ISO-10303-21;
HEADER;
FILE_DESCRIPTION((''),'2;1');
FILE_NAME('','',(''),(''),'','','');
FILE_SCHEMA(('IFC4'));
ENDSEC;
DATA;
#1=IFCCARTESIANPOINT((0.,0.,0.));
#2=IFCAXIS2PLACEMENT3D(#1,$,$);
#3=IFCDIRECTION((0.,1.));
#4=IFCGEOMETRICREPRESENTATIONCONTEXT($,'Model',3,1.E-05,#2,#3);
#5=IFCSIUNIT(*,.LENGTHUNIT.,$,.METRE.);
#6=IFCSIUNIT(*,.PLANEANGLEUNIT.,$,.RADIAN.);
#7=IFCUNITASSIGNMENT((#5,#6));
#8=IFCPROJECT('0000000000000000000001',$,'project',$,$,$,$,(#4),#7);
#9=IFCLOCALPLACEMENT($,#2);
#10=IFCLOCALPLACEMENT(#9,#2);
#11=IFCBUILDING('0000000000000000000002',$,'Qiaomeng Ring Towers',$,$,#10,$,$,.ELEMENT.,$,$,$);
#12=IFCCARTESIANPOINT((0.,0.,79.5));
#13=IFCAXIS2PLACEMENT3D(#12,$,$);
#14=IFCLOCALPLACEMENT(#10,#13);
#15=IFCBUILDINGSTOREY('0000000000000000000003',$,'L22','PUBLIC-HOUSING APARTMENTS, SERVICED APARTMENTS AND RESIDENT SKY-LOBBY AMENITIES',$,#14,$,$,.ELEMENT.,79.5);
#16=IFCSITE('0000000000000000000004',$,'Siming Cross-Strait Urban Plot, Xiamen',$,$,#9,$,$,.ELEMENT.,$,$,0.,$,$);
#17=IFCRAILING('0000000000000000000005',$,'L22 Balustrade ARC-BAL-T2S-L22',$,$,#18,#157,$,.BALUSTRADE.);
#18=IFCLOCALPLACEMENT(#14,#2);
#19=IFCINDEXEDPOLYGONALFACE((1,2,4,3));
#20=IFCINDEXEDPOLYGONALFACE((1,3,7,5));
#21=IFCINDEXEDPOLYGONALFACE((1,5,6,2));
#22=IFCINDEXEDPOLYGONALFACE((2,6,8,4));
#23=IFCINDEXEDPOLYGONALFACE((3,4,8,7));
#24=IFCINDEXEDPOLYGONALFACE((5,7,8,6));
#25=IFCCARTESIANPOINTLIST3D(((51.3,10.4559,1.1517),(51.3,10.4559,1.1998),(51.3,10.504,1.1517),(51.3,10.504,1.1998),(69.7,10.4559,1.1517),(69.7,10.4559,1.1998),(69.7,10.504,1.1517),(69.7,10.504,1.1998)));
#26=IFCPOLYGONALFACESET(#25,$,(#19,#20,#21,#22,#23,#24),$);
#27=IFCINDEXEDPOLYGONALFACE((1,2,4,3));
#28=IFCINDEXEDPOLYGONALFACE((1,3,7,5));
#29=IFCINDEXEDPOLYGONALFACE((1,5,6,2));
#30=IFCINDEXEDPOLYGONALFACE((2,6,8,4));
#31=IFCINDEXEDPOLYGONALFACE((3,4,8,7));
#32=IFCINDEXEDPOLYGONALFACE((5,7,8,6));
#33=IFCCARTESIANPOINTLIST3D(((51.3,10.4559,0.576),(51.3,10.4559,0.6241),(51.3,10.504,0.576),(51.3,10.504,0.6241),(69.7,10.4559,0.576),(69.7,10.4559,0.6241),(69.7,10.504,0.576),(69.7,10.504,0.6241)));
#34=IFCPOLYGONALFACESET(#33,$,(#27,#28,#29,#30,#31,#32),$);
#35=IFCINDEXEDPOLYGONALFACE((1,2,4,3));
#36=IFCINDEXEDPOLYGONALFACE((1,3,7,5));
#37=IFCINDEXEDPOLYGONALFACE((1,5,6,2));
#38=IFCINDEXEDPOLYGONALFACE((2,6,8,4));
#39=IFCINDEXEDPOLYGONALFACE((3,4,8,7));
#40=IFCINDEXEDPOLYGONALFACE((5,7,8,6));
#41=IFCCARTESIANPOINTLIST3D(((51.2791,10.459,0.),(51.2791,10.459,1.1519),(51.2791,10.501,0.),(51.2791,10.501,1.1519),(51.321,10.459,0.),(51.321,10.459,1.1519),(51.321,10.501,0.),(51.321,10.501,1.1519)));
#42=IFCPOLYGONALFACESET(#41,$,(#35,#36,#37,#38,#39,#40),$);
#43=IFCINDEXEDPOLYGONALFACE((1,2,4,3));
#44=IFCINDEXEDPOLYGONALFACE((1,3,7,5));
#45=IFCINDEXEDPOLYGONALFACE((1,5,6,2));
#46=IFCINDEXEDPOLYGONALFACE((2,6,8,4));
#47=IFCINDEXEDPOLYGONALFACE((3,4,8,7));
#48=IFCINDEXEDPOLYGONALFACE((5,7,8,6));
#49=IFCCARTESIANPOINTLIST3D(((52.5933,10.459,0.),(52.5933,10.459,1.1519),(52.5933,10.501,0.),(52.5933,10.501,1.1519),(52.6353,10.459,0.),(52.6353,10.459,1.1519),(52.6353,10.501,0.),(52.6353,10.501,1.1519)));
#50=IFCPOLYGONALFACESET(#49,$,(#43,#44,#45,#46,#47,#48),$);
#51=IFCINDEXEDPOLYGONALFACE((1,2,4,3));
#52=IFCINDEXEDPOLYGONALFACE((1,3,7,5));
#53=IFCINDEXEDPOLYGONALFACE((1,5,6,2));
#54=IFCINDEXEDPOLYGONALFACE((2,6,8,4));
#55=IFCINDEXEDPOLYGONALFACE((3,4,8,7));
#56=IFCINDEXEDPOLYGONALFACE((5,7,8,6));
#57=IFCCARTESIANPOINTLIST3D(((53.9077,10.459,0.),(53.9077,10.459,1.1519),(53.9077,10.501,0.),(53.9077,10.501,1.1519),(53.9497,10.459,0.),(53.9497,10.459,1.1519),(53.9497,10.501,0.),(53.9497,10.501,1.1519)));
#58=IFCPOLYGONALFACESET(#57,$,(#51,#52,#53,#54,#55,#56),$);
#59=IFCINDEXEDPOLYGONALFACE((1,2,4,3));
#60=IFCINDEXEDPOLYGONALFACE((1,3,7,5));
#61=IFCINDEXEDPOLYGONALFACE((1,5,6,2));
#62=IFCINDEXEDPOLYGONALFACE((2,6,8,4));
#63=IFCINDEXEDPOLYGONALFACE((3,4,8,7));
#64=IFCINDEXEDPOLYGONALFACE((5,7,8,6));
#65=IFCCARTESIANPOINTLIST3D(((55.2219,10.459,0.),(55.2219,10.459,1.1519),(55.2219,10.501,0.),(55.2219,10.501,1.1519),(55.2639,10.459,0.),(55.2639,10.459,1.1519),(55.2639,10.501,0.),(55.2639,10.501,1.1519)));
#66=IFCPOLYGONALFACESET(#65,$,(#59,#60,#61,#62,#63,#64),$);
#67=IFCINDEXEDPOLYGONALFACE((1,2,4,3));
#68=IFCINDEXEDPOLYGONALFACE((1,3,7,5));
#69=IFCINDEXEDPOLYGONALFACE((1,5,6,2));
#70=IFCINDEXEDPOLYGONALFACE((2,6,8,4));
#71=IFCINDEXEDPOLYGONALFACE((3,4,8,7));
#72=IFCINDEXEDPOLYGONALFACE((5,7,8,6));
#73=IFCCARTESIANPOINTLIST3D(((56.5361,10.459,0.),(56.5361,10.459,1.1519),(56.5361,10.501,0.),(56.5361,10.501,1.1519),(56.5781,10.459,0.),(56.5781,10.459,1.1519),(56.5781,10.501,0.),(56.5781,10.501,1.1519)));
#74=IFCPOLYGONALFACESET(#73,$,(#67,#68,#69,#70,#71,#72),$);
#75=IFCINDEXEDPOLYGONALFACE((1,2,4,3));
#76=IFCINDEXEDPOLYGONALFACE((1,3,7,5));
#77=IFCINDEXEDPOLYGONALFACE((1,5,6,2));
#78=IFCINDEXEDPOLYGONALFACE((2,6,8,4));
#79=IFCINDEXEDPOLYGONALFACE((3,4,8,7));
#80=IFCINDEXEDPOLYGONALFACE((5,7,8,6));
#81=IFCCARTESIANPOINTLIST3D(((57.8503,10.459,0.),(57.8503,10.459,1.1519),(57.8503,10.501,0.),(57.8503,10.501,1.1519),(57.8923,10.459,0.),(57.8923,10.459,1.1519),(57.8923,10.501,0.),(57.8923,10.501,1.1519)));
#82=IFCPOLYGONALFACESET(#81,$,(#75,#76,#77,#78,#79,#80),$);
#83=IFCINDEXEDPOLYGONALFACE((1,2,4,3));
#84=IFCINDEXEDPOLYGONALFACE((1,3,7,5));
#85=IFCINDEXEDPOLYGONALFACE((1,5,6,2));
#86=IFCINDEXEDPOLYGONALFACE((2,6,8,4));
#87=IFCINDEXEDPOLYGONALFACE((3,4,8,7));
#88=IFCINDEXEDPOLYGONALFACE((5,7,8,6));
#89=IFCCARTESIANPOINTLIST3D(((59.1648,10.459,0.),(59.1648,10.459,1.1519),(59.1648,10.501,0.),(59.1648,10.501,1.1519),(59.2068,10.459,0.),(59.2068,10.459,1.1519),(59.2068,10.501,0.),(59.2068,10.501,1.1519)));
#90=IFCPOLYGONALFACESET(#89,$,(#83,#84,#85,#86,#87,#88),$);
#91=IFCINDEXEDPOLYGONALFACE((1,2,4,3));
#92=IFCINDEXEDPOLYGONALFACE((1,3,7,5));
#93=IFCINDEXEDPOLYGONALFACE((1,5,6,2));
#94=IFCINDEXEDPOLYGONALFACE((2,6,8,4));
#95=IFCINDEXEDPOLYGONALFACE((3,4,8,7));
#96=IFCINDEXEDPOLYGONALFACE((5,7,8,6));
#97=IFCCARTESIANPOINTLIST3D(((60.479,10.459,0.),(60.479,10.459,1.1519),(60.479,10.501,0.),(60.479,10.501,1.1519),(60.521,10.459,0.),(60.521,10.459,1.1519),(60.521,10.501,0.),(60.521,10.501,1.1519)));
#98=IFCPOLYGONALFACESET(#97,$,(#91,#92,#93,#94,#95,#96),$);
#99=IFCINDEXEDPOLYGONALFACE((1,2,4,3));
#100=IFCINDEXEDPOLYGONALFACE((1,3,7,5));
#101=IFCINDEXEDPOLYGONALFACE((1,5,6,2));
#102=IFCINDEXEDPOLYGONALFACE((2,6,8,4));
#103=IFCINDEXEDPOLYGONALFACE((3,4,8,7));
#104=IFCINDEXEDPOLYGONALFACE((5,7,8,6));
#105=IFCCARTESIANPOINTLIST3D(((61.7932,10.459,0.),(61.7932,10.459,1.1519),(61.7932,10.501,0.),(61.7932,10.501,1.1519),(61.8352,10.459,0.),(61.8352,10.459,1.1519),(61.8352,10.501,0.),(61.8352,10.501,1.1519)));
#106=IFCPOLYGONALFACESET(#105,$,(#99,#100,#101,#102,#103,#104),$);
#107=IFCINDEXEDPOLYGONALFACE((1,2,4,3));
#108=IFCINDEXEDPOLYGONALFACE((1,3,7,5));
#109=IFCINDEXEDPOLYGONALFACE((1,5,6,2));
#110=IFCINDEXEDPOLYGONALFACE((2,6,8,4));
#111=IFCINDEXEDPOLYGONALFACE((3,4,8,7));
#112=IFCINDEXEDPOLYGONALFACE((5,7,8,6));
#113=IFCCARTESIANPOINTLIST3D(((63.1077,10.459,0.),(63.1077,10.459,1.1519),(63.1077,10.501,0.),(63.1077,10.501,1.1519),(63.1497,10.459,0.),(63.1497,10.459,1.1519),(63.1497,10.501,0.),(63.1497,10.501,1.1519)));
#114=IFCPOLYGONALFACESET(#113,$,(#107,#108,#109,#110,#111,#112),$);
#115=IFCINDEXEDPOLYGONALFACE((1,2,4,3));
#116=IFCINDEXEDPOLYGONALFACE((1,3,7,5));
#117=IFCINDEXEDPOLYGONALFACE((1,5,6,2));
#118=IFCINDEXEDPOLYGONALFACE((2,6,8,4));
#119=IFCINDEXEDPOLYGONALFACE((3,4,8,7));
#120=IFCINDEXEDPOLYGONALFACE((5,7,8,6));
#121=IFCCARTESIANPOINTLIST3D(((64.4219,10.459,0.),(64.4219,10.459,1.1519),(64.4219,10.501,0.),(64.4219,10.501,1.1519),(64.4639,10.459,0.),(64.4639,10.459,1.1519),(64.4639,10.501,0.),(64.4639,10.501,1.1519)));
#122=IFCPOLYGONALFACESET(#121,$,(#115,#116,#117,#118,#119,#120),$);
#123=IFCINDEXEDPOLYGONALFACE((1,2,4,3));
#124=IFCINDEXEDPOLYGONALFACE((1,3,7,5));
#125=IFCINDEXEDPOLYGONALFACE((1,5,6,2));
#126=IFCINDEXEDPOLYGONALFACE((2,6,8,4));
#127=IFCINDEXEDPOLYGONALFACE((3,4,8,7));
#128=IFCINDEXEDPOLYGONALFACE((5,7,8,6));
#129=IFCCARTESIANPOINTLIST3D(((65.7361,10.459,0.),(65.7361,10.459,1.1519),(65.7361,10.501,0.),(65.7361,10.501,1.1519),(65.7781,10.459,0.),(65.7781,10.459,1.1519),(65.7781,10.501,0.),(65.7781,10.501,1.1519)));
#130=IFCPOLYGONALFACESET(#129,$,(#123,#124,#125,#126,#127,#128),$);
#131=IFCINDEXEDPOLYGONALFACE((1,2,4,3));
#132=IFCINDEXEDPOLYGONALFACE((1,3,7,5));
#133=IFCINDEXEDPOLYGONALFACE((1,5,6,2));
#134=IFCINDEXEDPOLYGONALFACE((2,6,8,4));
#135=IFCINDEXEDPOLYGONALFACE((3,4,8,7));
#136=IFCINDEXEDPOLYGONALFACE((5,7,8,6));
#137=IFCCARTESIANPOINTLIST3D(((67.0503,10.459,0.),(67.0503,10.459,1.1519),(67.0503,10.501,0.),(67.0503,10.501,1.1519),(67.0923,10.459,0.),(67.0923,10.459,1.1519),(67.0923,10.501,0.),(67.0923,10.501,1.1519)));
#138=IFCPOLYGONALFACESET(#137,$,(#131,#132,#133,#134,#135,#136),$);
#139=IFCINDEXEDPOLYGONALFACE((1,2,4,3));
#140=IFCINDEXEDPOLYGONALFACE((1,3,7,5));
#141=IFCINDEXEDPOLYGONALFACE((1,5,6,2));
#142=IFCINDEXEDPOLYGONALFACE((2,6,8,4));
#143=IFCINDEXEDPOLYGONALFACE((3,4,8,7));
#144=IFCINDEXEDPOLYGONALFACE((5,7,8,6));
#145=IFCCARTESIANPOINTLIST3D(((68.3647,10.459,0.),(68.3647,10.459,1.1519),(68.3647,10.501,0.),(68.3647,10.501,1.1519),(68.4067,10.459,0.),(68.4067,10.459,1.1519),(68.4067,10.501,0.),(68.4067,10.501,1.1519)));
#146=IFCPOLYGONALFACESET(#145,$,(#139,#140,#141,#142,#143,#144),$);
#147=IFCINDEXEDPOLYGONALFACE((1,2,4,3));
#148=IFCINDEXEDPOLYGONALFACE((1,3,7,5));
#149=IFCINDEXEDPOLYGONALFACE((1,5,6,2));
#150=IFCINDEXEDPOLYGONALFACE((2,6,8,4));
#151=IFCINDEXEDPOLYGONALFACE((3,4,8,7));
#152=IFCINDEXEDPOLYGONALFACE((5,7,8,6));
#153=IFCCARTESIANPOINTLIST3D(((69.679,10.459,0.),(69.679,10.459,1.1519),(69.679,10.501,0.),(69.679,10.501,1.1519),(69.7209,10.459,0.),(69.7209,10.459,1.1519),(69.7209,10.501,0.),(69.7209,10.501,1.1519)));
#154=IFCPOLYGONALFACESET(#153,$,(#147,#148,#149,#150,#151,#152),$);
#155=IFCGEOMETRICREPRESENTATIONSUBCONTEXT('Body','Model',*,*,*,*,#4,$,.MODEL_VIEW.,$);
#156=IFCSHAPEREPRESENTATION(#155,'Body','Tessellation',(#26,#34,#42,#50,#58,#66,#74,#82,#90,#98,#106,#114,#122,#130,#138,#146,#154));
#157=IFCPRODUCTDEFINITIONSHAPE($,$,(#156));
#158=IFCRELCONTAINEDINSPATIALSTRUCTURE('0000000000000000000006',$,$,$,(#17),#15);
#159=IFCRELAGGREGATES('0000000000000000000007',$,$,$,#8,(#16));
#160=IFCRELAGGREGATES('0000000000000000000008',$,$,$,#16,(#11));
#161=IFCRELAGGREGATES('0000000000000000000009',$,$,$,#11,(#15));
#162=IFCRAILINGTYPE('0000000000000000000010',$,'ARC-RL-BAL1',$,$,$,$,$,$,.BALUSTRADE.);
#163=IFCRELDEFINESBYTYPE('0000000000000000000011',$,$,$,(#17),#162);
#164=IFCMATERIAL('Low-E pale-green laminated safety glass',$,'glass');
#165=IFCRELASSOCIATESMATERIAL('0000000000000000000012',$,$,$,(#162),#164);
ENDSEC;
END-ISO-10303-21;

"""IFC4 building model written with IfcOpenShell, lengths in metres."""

from ifc_helpers import new_model, si_unit, direction, frame, origin, origin_2d, place, context, subcontext, project, spatial, rectangle, extrude, material, type_object, element, save


model = new_model("IFC4")

# Units and contexts
model_context = context("Model", 3, precision=1e-05, world=origin(), true_north=direction((0.0, 1.0)))
body_context = subcontext(model_context, "Body", "Model", "MODEL_VIEW")
ifc_project = project(units=[si_unit("LENGTHUNIT", "METRE"), si_unit("PLANEANGLEUNIT", "RADIAN")], contexts=[model_context])

# Site, building, storey
site_placement = place(None, origin())
site = spatial("IfcSite", under=ifc_project, at=site_placement, Name="Siming Cross-Strait Urban Plot, Xiamen", CompositionType="ELEMENT", RefElevation=0.0)
building_placement = place(site_placement, origin())
building = spatial("IfcBuilding", under=site, at=building_placement, Name="Qiaomeng Ring Towers", CompositionType="ELEMENT")
storey_placement = place(building_placement, frame((0.0, 0.0, 79.5)))
storey = spatial("IfcBuildingStorey", under=building, at=storey_placement, Name="L22", Description="PUBLIC-HOUSING APARTMENTS, SERVICED APARTMENTS AND RESIDENT SKY-LOBBY AMENITIES", CompositionType="ELEMENT", Elevation=79.5)

# Railing
ifc_material_1 = material(Name="Low-E pale-green laminated safety glass", Category="glass")
railing_type = type_object("IfcRailingType", Name="ARC-RL-BAL1", PredefinedType="BALUSTRADE", material=ifc_material_1)
railing_1_placement = place(storey_placement, frame((51.3, 10.48, 0.0)))
element("IfcRailing", 1, at=railing_1_placement, inside=storey, type_object=railing_type, Name="L22 Balustrade ARC-BAL-T2S-L22", PredefinedType="BALUSTRADE", context=body_context, shape_type="SweptSolid", body=[
    extrude(rectangle(XDim=0.0481, YDim=0.0481, at=origin_2d()), frame((0.0, 0.0, 1.1758), z_axis=(1.0, 0.0, 0.0), x_axis=(0.0, 1.0, 0.0)), (0.0, 0.0, 1.0), 18.3999),
    extrude(rectangle(XDim=0.0481, YDim=0.0481, at=origin_2d()), frame((0.0, 0.0, 0.6001), z_axis=(1.0, 0.0, 0.0), x_axis=(0.0, 1.0, 0.0)), (0.0, 0.0, 1.0), 18.3999),
    extrude(rectangle(XDim=0.042, YDim=0.042, at=origin_2d()), origin(), (0.0, 0.0, 1.0), 1.1519),
    extrude(rectangle(XDim=0.042, YDim=0.042, at=origin_2d()), frame((1.3142, 0.0, 0.0)), (0.0, 0.0, 1.0), 1.1519),
    extrude(rectangle(XDim=0.042, YDim=0.042, at=origin_2d()), frame((2.6287, 0.0, 0.0)), (0.0, 0.0, 1.0), 1.1519),
    extrude(rectangle(XDim=0.042, YDim=0.042, at=origin_2d()), frame((3.9429, 0.0, 0.0)), (0.0, 0.0, 1.0), 1.1519),
    extrude(rectangle(XDim=0.042, YDim=0.042, at=origin_2d()), frame((5.2571, 0.0, 0.0)), (0.0, 0.0, 1.0), 1.1519),
    extrude(rectangle(XDim=0.042, YDim=0.042, at=origin_2d()), frame((6.5713, 0.0, 0.0)), (0.0, 0.0, 1.0), 1.1519),
    extrude(rectangle(XDim=0.042, YDim=0.042, at=origin_2d()), frame((7.8857, 0.0, 0.0)), (0.0, 0.0, 1.0), 1.1519),
    extrude(rectangle(XDim=0.042, YDim=0.042, at=origin_2d()), frame((9.2, 0.0, 0.0)), (0.0, 0.0, 1.0), 1.1519),
    extrude(rectangle(XDim=0.042, YDim=0.042, at=origin_2d()), frame((10.5142, 0.0, 0.0)), (0.0, 0.0, 1.0), 1.1519),
    extrude(rectangle(XDim=0.042, YDim=0.042, at=origin_2d()), frame((11.8286, 0.0, 0.0)), (0.0, 0.0, 1.0), 1.1519),
    extrude(rectangle(XDim=0.042, YDim=0.042, at=origin_2d()), frame((13.1428, 0.0, 0.0)), (0.0, 0.0, 1.0), 1.1519),
    extrude(rectangle(XDim=0.042, YDim=0.042, at=origin_2d()), frame((14.457, 0.0, 0.0)), (0.0, 0.0, 1.0), 1.1519),
    extrude(rectangle(XDim=0.042, YDim=0.042, at=origin_2d()), frame((15.7712, 0.0, 0.0)), (0.0, 0.0, 1.0), 1.1519),
    extrude(rectangle(XDim=0.042, YDim=0.042, at=origin_2d()), frame((17.0857, 0.0, 0.0)), (0.0, 0.0, 1.0), 1.1519),
    extrude(rectangle(XDim=0.042, YDim=0.042, at=origin_2d()), frame((18.3999, 0.0, 0.0)), (0.0, 0.0, 1.0), 1.1519),
])

save(model, "model.ifc")
